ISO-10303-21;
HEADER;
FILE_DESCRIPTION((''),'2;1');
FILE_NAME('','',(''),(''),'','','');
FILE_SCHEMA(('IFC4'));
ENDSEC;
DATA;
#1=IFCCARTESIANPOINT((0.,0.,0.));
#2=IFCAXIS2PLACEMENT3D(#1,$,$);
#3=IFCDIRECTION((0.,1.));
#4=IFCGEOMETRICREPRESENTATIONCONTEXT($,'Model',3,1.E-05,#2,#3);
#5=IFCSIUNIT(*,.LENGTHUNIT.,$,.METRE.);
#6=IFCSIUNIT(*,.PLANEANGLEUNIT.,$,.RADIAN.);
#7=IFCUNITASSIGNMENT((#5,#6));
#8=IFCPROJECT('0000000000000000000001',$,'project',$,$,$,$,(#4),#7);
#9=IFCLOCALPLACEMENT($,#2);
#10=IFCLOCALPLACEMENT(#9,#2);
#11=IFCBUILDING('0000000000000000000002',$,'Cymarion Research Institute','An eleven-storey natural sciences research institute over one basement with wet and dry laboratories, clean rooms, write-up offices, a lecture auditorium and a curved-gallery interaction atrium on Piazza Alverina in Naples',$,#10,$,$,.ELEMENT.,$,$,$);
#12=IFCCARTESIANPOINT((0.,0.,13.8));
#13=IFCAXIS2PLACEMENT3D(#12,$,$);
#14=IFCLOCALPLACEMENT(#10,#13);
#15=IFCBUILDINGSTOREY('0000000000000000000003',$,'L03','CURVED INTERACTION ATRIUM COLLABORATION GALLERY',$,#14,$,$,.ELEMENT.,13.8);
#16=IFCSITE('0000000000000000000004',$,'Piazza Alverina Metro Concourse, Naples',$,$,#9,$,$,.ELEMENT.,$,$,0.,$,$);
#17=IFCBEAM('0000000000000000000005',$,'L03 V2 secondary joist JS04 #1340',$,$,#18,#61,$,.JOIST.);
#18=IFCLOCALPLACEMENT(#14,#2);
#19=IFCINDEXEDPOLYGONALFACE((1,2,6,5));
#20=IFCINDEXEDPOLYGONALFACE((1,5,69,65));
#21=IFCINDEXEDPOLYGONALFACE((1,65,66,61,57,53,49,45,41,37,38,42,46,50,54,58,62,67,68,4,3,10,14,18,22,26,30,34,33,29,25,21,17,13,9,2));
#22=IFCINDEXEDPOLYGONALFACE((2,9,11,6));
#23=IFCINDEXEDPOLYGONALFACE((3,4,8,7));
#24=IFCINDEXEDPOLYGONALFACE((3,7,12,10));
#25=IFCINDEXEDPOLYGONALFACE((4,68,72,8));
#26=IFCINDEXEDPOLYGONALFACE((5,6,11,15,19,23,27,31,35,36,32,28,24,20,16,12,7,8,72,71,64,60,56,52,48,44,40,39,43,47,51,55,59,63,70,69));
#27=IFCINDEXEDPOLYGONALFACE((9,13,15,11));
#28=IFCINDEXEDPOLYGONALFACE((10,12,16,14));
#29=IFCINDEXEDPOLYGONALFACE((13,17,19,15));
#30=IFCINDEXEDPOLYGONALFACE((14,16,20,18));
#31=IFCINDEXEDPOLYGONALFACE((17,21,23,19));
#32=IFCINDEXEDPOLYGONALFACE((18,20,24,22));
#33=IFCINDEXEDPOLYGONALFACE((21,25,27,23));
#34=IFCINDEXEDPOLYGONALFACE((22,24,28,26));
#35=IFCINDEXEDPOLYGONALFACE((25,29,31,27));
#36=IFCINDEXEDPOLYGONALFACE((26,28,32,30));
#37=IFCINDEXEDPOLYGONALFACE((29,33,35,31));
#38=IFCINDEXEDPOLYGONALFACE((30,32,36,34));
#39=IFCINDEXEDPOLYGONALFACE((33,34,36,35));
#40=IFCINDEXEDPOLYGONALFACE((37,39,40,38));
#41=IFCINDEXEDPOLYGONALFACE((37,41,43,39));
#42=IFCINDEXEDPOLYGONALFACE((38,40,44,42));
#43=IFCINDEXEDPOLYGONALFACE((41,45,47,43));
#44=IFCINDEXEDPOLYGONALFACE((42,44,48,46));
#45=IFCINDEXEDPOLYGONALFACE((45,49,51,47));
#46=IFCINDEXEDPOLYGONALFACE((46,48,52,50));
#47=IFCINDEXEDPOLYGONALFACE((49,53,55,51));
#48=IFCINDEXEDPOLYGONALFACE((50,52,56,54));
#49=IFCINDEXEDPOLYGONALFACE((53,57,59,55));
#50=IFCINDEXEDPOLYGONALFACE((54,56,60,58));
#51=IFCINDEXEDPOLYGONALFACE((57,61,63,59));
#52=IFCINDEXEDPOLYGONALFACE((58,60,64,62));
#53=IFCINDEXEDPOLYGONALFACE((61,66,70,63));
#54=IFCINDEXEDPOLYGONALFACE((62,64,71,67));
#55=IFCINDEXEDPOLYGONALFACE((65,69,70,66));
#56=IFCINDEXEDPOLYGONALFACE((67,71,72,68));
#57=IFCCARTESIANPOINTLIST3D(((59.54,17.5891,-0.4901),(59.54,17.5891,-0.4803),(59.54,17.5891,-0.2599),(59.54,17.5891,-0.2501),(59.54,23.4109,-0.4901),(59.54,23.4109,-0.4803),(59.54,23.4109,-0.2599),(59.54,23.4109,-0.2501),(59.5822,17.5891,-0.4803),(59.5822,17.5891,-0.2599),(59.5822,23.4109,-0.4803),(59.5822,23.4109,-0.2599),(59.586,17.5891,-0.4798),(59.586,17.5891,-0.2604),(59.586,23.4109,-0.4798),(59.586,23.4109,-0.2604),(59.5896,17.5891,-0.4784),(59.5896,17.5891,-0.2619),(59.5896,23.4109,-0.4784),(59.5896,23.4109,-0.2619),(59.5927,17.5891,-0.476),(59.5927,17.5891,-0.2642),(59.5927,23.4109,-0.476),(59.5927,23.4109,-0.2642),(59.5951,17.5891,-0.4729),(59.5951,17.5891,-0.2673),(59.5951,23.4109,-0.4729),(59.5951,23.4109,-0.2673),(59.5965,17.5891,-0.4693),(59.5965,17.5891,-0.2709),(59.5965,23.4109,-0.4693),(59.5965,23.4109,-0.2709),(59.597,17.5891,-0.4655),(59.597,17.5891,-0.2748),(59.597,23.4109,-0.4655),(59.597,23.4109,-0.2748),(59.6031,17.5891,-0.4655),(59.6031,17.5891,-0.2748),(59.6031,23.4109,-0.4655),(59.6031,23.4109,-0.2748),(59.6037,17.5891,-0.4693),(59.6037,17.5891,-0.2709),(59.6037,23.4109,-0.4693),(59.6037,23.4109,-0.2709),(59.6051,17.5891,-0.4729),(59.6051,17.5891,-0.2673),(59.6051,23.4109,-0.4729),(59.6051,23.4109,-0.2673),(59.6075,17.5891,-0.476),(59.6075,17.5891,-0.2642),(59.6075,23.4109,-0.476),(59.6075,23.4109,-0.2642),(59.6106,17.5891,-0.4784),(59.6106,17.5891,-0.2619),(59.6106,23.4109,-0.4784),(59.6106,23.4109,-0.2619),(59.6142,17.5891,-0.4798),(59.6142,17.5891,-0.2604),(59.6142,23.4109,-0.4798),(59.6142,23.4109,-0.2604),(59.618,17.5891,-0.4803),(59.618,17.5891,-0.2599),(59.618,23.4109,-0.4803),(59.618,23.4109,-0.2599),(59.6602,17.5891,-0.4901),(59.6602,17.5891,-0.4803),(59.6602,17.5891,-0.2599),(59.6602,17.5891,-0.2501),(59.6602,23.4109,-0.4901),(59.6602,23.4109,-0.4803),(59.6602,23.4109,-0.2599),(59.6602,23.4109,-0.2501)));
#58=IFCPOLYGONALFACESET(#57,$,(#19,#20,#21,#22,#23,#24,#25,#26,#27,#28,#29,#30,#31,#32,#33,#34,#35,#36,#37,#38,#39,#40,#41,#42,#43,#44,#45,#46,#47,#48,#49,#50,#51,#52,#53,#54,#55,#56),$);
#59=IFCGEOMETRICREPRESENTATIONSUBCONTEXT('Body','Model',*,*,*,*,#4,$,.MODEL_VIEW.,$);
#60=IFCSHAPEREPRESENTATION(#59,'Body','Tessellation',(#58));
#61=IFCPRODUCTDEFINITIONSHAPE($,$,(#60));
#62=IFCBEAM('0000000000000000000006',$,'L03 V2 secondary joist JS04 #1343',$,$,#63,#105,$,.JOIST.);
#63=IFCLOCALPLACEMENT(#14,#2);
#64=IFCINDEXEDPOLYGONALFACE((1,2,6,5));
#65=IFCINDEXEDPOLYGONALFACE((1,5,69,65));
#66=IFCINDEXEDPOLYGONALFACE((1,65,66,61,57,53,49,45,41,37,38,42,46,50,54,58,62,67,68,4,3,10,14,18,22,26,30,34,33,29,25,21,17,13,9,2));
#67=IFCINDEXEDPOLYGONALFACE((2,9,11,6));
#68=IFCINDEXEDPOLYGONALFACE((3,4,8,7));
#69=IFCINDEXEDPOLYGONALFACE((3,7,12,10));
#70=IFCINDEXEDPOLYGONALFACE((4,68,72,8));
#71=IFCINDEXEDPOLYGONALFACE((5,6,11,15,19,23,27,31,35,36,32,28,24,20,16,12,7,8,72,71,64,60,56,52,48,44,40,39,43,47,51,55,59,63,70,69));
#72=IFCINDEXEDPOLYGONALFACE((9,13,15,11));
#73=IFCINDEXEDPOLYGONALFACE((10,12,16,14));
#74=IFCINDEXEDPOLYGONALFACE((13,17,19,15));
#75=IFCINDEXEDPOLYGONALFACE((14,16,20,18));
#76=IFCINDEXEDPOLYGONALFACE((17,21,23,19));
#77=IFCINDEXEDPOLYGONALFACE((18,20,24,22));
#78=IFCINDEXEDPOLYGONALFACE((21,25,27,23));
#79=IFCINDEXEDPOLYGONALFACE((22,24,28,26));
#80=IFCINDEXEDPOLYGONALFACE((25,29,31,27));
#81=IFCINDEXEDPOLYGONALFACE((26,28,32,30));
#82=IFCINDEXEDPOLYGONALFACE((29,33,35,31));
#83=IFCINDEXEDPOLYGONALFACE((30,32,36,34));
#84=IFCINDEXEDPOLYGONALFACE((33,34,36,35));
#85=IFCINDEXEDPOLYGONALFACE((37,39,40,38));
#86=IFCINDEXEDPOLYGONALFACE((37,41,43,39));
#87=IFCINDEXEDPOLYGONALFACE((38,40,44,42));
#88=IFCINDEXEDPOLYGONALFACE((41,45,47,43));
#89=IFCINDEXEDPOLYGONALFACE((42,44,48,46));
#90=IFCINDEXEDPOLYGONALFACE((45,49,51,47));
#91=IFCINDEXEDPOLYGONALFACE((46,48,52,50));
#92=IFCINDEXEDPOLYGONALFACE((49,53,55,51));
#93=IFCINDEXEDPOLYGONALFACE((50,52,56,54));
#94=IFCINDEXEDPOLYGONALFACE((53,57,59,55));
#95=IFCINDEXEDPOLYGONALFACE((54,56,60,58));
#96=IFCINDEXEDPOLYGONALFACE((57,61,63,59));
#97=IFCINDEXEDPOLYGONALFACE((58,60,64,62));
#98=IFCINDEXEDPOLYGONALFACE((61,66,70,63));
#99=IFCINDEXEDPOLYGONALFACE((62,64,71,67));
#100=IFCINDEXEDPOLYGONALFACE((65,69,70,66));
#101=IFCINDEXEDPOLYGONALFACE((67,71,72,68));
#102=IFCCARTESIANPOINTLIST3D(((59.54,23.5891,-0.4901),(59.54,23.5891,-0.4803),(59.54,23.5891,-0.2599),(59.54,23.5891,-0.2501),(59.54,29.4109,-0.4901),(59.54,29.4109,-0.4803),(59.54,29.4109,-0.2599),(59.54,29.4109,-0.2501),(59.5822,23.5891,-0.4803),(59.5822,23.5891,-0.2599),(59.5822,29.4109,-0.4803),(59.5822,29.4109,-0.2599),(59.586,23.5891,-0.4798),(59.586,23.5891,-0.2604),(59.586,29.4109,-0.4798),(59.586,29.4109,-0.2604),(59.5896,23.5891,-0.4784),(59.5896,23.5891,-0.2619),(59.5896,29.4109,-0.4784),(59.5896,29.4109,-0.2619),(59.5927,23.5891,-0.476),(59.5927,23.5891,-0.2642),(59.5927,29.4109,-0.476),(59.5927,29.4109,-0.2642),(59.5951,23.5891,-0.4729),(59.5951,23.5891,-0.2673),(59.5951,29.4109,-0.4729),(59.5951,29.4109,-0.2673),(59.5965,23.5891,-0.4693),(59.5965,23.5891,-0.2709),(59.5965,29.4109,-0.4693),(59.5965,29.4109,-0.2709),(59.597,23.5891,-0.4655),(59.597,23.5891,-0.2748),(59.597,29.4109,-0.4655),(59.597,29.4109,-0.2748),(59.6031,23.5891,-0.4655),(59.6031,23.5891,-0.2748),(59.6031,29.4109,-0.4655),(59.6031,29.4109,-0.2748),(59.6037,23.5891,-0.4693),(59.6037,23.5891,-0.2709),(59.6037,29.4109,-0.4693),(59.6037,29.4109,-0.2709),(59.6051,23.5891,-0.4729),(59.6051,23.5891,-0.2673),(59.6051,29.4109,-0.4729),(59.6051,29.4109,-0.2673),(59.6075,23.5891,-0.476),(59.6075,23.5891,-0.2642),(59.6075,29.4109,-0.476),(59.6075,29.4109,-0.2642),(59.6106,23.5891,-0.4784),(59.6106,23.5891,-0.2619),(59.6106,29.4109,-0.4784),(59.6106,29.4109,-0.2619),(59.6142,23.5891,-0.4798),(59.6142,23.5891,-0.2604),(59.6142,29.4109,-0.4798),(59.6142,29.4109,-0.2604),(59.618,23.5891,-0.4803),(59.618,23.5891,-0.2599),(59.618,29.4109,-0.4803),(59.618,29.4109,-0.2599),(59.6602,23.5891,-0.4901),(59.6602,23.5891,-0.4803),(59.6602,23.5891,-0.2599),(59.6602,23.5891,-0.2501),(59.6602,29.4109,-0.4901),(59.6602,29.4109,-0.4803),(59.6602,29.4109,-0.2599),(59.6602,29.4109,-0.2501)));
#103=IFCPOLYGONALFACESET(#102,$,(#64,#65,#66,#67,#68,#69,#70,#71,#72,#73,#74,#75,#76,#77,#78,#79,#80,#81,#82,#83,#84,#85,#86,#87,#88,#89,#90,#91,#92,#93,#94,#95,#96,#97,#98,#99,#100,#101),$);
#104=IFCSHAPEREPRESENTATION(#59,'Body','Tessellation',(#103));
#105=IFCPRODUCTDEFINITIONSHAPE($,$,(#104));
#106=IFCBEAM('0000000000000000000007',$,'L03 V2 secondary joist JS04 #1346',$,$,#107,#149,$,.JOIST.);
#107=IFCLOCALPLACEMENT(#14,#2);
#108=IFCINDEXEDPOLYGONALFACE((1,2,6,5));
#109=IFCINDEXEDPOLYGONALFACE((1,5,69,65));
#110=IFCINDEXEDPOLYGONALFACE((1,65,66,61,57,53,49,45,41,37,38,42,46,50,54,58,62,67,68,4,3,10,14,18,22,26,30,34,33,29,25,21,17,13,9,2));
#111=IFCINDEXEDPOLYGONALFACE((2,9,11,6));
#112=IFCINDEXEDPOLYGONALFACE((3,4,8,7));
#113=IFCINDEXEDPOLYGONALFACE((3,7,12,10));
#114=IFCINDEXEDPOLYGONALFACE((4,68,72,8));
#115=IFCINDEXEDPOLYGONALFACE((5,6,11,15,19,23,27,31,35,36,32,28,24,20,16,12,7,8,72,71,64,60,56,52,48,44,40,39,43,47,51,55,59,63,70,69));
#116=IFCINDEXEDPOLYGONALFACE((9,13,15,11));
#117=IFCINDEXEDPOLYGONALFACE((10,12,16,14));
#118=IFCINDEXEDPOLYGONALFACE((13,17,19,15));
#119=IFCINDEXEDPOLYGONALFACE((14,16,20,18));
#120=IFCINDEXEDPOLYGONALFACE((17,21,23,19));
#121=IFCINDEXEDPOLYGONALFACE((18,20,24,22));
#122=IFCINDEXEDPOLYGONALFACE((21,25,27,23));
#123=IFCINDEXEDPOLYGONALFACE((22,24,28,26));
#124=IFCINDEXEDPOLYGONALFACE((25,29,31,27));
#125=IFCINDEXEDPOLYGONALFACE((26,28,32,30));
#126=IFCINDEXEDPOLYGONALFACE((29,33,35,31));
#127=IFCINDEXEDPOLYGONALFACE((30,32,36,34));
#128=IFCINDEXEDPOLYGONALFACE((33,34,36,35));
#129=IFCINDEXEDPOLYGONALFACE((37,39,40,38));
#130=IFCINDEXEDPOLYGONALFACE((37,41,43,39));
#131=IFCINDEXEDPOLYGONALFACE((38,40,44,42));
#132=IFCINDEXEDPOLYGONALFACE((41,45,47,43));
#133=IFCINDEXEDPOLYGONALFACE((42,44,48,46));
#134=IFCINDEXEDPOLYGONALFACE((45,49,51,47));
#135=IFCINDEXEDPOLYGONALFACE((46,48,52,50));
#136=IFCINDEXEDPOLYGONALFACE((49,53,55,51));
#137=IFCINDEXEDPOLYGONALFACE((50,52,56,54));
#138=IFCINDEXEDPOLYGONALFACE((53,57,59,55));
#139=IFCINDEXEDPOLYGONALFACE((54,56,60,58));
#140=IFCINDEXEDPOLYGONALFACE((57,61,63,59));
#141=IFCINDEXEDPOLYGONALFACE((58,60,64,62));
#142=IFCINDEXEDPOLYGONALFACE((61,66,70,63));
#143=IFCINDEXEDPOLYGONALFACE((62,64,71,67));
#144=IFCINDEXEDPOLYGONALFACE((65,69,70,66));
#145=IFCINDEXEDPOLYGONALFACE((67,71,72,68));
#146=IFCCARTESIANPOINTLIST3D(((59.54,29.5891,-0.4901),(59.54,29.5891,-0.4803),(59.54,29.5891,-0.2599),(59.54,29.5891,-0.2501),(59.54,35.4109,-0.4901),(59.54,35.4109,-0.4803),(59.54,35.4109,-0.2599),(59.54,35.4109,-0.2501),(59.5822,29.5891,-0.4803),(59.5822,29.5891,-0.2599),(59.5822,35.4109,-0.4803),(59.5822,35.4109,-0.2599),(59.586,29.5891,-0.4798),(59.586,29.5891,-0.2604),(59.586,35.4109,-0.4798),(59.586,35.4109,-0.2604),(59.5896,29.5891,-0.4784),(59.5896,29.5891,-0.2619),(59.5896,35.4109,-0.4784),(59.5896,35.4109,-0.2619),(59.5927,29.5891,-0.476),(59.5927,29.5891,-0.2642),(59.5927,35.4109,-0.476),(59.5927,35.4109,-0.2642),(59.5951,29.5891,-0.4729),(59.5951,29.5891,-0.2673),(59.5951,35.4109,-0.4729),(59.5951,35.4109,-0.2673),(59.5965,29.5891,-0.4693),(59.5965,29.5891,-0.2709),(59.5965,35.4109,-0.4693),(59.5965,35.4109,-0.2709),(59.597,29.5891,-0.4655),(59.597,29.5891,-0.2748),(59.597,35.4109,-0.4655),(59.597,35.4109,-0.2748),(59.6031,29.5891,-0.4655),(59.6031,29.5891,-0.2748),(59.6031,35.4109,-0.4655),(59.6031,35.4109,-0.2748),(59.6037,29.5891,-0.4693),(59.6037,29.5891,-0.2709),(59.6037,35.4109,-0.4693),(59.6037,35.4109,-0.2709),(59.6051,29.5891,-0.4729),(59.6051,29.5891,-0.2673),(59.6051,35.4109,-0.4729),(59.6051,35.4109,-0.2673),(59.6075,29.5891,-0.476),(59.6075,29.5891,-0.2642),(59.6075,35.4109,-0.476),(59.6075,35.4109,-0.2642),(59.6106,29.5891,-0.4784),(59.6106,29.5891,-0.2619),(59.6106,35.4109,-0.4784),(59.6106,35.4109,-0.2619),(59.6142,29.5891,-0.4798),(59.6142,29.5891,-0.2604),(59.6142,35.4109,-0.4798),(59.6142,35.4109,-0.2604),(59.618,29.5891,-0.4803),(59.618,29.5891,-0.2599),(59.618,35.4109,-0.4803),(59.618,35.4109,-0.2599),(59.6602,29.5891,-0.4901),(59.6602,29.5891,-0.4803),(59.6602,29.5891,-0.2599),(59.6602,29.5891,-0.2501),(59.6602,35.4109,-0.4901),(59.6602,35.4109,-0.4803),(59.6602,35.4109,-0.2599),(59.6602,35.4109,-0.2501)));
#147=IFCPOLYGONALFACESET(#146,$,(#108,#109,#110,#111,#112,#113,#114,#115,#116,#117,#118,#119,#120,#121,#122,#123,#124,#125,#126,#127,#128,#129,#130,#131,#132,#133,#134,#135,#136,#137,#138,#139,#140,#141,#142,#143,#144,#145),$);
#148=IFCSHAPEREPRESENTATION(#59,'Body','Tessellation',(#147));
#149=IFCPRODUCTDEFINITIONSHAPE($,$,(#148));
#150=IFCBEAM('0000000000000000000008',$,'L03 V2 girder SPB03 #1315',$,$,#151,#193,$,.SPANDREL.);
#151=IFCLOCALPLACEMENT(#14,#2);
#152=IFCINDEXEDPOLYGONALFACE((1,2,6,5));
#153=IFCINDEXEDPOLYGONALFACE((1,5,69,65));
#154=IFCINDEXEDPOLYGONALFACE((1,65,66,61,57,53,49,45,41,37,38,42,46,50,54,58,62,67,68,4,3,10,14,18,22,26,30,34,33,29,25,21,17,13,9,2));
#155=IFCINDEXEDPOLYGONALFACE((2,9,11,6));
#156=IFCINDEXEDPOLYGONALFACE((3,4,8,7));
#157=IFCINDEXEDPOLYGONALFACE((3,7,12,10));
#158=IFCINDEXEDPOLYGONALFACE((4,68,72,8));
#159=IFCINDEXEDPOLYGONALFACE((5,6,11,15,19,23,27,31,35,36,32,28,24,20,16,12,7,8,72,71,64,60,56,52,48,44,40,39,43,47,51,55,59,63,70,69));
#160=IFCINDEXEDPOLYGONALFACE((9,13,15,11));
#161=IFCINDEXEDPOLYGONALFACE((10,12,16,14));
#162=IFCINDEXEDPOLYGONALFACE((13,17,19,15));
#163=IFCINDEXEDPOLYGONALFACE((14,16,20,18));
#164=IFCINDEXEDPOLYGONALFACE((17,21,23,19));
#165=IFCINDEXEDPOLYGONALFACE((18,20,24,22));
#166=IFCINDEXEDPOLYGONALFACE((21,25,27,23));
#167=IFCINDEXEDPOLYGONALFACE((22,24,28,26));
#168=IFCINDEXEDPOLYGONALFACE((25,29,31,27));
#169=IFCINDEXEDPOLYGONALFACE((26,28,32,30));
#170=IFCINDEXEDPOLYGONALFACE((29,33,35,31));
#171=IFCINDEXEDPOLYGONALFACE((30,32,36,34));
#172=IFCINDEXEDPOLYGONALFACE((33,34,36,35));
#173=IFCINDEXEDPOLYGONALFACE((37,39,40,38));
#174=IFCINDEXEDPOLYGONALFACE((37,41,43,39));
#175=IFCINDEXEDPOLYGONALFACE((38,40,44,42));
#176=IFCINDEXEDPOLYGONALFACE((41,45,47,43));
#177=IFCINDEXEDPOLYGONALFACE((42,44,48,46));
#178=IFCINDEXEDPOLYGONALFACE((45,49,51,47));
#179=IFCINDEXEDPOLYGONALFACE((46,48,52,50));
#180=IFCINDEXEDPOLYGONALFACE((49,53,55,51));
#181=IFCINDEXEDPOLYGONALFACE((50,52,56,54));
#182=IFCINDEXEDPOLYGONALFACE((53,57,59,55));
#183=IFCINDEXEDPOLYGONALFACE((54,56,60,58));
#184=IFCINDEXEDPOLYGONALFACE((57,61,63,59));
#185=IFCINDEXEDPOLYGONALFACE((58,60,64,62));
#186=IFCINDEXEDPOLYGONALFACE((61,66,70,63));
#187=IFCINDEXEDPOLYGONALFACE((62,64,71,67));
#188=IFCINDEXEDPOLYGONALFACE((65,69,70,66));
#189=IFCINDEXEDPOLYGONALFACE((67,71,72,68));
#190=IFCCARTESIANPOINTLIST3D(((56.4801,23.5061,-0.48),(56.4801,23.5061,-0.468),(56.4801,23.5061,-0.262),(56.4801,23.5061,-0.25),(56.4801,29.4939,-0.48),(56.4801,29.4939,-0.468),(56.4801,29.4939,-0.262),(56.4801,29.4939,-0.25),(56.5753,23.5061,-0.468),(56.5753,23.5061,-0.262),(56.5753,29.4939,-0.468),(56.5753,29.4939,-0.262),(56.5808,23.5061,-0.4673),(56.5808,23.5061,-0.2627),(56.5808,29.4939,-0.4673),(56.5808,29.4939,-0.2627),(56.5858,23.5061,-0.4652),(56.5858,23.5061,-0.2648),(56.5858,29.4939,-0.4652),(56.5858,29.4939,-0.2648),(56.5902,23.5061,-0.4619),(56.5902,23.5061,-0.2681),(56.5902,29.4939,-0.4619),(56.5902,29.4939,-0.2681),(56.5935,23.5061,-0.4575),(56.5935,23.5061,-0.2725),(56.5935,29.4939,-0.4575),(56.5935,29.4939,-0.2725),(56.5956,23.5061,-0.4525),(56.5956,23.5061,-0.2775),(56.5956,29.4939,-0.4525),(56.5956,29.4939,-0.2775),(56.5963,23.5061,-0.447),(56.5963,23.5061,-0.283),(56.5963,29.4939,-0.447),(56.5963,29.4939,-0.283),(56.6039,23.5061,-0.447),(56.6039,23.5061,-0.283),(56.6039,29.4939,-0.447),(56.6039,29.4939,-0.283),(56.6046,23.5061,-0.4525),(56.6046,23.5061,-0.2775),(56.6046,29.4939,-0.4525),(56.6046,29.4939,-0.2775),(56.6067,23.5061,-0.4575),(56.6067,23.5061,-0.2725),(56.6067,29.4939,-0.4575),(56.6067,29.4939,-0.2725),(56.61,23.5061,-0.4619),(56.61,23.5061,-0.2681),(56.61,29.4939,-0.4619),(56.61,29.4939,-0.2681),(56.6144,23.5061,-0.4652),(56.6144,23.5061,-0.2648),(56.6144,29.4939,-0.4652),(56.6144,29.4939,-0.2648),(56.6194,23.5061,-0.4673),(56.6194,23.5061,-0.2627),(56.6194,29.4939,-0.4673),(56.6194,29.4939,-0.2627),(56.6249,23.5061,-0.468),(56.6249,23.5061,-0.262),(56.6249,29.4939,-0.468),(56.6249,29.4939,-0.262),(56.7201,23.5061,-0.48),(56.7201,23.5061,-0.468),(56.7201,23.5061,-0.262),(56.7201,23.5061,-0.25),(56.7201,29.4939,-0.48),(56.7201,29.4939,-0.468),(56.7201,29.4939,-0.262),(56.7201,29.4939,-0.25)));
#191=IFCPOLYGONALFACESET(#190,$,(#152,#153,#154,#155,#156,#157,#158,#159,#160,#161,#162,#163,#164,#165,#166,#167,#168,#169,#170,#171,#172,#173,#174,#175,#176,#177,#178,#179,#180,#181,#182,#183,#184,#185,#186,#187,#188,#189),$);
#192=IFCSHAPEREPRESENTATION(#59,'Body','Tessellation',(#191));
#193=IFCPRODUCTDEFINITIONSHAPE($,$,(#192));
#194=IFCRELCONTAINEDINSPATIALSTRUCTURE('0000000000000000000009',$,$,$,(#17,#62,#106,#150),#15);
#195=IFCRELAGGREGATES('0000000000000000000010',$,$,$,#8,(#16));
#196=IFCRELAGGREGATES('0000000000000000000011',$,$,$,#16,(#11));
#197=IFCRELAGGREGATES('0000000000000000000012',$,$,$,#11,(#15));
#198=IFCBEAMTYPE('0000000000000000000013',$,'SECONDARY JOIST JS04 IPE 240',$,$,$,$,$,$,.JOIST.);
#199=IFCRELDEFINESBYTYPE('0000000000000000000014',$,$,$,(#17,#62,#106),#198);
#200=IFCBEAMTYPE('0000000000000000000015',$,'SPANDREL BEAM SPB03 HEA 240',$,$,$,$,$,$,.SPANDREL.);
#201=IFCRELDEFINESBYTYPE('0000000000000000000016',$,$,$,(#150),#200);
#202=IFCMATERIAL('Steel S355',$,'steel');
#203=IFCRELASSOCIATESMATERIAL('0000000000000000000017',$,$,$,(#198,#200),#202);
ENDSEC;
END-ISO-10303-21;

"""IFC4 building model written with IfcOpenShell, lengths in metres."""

from ifc_helpers import new_model, si_unit, direction, frame, origin, origin_2d, place, context, subcontext, project, spatial, i_section, extrude, material, material_profile, profile_set, type_object, element, save


model = new_model("IFC4")

# Units and contexts
model_context = context("Model", 3, precision=1e-05, world=origin(), true_north=direction((0.0, 1.0)))
body_context = subcontext(model_context, "Body", "Model", "MODEL_VIEW")
ifc_project = project(units=[si_unit("LENGTHUNIT", "METRE"), si_unit("PLANEANGLEUNIT", "RADIAN")], contexts=[model_context])

# Site, building, storey
site_placement = place(None, origin())
site = spatial("IfcSite", under=ifc_project, at=site_placement, Name="Piazza Alverina Metro Concourse, Naples", CompositionType="ELEMENT", RefElevation=0.0)
building_placement = place(site_placement, origin())
building = spatial("IfcBuilding", under=site, at=building_placement, Name="Cymarion Research Institute", Description="An eleven-storey natural sciences research institute over one basement with wet and dry laboratories, clean rooms, write-up offices, a lecture auditorium and a curved-gallery interaction atrium on Piazza Alverina in Naples", CompositionType="ELEMENT")
storey_placement = place(building_placement, frame((0.0, 0.0, 13.8)))
storey = spatial("IfcBuildingStorey", under=building, at=storey_placement, Name="L03", Description="CURVED INTERACTION ATRIUM COLLABORATION GALLERY", CompositionType="ELEMENT", Elevation=13.8)

# Shared definitions
ifc_material_1 = material(Name="Steel S355", Category="steel")

# Beams
ifc_material_profile_1 = material_profile(ifc_material_1, i_section(OverallWidth=0.1201, OverallDepth=0.24, WebThickness=0.0061, FlangeThickness=0.0098, FilletRadius=0.0149, at=origin_2d()), Name="IPE 240")
ifc_profile_set_1 = profile_set([ifc_material_profile_1], Name="Steel S355")
beam_type_1 = type_object("IfcBeamType", Name="SECONDARY JOIST JS04 IPE 240", PredefinedType="JOIST", material=ifc_profile_set_1)
for number, where, z_axis, x_axis, name in (
    (1, (59.6001, 17.5891, -0.3701), (0.0, 1.0, 0.0), (-1.0, 0.0, 0.0), "L03 V2 secondary joist JS04 #1340"),
    (2, (59.6001, 23.5891, -0.3701), (0.0, 1.0, 0.0), (-1.0, 0.0, 0.0), "L03 V2 secondary joist JS04 #1343"),
    (3, (59.6001, 29.5891, -0.3701), (0.0, 1.0, 0.0), (-1.0, 0.0, 0.0), "L03 V2 secondary joist JS04 #1346"),
):
    element("IfcBeam", number, at=place(storey_placement, frame(where, z_axis=z_axis, x_axis=x_axis)), inside=storey, type_object=beam_type_1, Name=name, PredefinedType="JOIST", context=body_context, shape_type="SweptSolid", body=[
        extrude(i_section(OverallWidth=0.1201, OverallDepth=0.24, WebThickness=0.0061, FlangeThickness=0.0098, FilletRadius=0.0149, at=origin_2d()), origin(), (0.0, 0.0, 1.0), 5.8218),
    ])
ifc_material_profile_2 = material_profile(ifc_material_1, i_section(OverallWidth=0.24, OverallDepth=0.23, WebThickness=0.0076, FlangeThickness=0.012, FilletRadius=0.021, at=origin_2d()), Name="HEA 240")
ifc_profile_set_2 = profile_set([ifc_material_profile_2], Name="Steel S355")
beam_type_2 = type_object("IfcBeamType", Name="SPANDREL BEAM SPB03 HEA 240", PredefinedType="SPANDREL", material=ifc_profile_set_2)
for number, where, z_axis, x_axis, name in (
    (4, (56.6001, 23.5061, -0.365), (0.0, 1.0, 0.0), (-1.0, 0.0, 0.0), "L03 V2 girder SPB03 #1315"),
):
    element("IfcBeam", number, at=place(storey_placement, frame(where, z_axis=z_axis, x_axis=x_axis)), inside=storey, type_object=beam_type_2, Name=name, PredefinedType="SPANDREL", context=body_context, shape_type="SweptSolid", body=[
        extrude(i_section(OverallWidth=0.24, OverallDepth=0.23, WebThickness=0.0076, FlangeThickness=0.012, FilletRadius=0.021, at=origin_2d()), origin(), (0.0, 0.0, 1.0), 5.9878),
    ])

save(model, "model.ifc")
